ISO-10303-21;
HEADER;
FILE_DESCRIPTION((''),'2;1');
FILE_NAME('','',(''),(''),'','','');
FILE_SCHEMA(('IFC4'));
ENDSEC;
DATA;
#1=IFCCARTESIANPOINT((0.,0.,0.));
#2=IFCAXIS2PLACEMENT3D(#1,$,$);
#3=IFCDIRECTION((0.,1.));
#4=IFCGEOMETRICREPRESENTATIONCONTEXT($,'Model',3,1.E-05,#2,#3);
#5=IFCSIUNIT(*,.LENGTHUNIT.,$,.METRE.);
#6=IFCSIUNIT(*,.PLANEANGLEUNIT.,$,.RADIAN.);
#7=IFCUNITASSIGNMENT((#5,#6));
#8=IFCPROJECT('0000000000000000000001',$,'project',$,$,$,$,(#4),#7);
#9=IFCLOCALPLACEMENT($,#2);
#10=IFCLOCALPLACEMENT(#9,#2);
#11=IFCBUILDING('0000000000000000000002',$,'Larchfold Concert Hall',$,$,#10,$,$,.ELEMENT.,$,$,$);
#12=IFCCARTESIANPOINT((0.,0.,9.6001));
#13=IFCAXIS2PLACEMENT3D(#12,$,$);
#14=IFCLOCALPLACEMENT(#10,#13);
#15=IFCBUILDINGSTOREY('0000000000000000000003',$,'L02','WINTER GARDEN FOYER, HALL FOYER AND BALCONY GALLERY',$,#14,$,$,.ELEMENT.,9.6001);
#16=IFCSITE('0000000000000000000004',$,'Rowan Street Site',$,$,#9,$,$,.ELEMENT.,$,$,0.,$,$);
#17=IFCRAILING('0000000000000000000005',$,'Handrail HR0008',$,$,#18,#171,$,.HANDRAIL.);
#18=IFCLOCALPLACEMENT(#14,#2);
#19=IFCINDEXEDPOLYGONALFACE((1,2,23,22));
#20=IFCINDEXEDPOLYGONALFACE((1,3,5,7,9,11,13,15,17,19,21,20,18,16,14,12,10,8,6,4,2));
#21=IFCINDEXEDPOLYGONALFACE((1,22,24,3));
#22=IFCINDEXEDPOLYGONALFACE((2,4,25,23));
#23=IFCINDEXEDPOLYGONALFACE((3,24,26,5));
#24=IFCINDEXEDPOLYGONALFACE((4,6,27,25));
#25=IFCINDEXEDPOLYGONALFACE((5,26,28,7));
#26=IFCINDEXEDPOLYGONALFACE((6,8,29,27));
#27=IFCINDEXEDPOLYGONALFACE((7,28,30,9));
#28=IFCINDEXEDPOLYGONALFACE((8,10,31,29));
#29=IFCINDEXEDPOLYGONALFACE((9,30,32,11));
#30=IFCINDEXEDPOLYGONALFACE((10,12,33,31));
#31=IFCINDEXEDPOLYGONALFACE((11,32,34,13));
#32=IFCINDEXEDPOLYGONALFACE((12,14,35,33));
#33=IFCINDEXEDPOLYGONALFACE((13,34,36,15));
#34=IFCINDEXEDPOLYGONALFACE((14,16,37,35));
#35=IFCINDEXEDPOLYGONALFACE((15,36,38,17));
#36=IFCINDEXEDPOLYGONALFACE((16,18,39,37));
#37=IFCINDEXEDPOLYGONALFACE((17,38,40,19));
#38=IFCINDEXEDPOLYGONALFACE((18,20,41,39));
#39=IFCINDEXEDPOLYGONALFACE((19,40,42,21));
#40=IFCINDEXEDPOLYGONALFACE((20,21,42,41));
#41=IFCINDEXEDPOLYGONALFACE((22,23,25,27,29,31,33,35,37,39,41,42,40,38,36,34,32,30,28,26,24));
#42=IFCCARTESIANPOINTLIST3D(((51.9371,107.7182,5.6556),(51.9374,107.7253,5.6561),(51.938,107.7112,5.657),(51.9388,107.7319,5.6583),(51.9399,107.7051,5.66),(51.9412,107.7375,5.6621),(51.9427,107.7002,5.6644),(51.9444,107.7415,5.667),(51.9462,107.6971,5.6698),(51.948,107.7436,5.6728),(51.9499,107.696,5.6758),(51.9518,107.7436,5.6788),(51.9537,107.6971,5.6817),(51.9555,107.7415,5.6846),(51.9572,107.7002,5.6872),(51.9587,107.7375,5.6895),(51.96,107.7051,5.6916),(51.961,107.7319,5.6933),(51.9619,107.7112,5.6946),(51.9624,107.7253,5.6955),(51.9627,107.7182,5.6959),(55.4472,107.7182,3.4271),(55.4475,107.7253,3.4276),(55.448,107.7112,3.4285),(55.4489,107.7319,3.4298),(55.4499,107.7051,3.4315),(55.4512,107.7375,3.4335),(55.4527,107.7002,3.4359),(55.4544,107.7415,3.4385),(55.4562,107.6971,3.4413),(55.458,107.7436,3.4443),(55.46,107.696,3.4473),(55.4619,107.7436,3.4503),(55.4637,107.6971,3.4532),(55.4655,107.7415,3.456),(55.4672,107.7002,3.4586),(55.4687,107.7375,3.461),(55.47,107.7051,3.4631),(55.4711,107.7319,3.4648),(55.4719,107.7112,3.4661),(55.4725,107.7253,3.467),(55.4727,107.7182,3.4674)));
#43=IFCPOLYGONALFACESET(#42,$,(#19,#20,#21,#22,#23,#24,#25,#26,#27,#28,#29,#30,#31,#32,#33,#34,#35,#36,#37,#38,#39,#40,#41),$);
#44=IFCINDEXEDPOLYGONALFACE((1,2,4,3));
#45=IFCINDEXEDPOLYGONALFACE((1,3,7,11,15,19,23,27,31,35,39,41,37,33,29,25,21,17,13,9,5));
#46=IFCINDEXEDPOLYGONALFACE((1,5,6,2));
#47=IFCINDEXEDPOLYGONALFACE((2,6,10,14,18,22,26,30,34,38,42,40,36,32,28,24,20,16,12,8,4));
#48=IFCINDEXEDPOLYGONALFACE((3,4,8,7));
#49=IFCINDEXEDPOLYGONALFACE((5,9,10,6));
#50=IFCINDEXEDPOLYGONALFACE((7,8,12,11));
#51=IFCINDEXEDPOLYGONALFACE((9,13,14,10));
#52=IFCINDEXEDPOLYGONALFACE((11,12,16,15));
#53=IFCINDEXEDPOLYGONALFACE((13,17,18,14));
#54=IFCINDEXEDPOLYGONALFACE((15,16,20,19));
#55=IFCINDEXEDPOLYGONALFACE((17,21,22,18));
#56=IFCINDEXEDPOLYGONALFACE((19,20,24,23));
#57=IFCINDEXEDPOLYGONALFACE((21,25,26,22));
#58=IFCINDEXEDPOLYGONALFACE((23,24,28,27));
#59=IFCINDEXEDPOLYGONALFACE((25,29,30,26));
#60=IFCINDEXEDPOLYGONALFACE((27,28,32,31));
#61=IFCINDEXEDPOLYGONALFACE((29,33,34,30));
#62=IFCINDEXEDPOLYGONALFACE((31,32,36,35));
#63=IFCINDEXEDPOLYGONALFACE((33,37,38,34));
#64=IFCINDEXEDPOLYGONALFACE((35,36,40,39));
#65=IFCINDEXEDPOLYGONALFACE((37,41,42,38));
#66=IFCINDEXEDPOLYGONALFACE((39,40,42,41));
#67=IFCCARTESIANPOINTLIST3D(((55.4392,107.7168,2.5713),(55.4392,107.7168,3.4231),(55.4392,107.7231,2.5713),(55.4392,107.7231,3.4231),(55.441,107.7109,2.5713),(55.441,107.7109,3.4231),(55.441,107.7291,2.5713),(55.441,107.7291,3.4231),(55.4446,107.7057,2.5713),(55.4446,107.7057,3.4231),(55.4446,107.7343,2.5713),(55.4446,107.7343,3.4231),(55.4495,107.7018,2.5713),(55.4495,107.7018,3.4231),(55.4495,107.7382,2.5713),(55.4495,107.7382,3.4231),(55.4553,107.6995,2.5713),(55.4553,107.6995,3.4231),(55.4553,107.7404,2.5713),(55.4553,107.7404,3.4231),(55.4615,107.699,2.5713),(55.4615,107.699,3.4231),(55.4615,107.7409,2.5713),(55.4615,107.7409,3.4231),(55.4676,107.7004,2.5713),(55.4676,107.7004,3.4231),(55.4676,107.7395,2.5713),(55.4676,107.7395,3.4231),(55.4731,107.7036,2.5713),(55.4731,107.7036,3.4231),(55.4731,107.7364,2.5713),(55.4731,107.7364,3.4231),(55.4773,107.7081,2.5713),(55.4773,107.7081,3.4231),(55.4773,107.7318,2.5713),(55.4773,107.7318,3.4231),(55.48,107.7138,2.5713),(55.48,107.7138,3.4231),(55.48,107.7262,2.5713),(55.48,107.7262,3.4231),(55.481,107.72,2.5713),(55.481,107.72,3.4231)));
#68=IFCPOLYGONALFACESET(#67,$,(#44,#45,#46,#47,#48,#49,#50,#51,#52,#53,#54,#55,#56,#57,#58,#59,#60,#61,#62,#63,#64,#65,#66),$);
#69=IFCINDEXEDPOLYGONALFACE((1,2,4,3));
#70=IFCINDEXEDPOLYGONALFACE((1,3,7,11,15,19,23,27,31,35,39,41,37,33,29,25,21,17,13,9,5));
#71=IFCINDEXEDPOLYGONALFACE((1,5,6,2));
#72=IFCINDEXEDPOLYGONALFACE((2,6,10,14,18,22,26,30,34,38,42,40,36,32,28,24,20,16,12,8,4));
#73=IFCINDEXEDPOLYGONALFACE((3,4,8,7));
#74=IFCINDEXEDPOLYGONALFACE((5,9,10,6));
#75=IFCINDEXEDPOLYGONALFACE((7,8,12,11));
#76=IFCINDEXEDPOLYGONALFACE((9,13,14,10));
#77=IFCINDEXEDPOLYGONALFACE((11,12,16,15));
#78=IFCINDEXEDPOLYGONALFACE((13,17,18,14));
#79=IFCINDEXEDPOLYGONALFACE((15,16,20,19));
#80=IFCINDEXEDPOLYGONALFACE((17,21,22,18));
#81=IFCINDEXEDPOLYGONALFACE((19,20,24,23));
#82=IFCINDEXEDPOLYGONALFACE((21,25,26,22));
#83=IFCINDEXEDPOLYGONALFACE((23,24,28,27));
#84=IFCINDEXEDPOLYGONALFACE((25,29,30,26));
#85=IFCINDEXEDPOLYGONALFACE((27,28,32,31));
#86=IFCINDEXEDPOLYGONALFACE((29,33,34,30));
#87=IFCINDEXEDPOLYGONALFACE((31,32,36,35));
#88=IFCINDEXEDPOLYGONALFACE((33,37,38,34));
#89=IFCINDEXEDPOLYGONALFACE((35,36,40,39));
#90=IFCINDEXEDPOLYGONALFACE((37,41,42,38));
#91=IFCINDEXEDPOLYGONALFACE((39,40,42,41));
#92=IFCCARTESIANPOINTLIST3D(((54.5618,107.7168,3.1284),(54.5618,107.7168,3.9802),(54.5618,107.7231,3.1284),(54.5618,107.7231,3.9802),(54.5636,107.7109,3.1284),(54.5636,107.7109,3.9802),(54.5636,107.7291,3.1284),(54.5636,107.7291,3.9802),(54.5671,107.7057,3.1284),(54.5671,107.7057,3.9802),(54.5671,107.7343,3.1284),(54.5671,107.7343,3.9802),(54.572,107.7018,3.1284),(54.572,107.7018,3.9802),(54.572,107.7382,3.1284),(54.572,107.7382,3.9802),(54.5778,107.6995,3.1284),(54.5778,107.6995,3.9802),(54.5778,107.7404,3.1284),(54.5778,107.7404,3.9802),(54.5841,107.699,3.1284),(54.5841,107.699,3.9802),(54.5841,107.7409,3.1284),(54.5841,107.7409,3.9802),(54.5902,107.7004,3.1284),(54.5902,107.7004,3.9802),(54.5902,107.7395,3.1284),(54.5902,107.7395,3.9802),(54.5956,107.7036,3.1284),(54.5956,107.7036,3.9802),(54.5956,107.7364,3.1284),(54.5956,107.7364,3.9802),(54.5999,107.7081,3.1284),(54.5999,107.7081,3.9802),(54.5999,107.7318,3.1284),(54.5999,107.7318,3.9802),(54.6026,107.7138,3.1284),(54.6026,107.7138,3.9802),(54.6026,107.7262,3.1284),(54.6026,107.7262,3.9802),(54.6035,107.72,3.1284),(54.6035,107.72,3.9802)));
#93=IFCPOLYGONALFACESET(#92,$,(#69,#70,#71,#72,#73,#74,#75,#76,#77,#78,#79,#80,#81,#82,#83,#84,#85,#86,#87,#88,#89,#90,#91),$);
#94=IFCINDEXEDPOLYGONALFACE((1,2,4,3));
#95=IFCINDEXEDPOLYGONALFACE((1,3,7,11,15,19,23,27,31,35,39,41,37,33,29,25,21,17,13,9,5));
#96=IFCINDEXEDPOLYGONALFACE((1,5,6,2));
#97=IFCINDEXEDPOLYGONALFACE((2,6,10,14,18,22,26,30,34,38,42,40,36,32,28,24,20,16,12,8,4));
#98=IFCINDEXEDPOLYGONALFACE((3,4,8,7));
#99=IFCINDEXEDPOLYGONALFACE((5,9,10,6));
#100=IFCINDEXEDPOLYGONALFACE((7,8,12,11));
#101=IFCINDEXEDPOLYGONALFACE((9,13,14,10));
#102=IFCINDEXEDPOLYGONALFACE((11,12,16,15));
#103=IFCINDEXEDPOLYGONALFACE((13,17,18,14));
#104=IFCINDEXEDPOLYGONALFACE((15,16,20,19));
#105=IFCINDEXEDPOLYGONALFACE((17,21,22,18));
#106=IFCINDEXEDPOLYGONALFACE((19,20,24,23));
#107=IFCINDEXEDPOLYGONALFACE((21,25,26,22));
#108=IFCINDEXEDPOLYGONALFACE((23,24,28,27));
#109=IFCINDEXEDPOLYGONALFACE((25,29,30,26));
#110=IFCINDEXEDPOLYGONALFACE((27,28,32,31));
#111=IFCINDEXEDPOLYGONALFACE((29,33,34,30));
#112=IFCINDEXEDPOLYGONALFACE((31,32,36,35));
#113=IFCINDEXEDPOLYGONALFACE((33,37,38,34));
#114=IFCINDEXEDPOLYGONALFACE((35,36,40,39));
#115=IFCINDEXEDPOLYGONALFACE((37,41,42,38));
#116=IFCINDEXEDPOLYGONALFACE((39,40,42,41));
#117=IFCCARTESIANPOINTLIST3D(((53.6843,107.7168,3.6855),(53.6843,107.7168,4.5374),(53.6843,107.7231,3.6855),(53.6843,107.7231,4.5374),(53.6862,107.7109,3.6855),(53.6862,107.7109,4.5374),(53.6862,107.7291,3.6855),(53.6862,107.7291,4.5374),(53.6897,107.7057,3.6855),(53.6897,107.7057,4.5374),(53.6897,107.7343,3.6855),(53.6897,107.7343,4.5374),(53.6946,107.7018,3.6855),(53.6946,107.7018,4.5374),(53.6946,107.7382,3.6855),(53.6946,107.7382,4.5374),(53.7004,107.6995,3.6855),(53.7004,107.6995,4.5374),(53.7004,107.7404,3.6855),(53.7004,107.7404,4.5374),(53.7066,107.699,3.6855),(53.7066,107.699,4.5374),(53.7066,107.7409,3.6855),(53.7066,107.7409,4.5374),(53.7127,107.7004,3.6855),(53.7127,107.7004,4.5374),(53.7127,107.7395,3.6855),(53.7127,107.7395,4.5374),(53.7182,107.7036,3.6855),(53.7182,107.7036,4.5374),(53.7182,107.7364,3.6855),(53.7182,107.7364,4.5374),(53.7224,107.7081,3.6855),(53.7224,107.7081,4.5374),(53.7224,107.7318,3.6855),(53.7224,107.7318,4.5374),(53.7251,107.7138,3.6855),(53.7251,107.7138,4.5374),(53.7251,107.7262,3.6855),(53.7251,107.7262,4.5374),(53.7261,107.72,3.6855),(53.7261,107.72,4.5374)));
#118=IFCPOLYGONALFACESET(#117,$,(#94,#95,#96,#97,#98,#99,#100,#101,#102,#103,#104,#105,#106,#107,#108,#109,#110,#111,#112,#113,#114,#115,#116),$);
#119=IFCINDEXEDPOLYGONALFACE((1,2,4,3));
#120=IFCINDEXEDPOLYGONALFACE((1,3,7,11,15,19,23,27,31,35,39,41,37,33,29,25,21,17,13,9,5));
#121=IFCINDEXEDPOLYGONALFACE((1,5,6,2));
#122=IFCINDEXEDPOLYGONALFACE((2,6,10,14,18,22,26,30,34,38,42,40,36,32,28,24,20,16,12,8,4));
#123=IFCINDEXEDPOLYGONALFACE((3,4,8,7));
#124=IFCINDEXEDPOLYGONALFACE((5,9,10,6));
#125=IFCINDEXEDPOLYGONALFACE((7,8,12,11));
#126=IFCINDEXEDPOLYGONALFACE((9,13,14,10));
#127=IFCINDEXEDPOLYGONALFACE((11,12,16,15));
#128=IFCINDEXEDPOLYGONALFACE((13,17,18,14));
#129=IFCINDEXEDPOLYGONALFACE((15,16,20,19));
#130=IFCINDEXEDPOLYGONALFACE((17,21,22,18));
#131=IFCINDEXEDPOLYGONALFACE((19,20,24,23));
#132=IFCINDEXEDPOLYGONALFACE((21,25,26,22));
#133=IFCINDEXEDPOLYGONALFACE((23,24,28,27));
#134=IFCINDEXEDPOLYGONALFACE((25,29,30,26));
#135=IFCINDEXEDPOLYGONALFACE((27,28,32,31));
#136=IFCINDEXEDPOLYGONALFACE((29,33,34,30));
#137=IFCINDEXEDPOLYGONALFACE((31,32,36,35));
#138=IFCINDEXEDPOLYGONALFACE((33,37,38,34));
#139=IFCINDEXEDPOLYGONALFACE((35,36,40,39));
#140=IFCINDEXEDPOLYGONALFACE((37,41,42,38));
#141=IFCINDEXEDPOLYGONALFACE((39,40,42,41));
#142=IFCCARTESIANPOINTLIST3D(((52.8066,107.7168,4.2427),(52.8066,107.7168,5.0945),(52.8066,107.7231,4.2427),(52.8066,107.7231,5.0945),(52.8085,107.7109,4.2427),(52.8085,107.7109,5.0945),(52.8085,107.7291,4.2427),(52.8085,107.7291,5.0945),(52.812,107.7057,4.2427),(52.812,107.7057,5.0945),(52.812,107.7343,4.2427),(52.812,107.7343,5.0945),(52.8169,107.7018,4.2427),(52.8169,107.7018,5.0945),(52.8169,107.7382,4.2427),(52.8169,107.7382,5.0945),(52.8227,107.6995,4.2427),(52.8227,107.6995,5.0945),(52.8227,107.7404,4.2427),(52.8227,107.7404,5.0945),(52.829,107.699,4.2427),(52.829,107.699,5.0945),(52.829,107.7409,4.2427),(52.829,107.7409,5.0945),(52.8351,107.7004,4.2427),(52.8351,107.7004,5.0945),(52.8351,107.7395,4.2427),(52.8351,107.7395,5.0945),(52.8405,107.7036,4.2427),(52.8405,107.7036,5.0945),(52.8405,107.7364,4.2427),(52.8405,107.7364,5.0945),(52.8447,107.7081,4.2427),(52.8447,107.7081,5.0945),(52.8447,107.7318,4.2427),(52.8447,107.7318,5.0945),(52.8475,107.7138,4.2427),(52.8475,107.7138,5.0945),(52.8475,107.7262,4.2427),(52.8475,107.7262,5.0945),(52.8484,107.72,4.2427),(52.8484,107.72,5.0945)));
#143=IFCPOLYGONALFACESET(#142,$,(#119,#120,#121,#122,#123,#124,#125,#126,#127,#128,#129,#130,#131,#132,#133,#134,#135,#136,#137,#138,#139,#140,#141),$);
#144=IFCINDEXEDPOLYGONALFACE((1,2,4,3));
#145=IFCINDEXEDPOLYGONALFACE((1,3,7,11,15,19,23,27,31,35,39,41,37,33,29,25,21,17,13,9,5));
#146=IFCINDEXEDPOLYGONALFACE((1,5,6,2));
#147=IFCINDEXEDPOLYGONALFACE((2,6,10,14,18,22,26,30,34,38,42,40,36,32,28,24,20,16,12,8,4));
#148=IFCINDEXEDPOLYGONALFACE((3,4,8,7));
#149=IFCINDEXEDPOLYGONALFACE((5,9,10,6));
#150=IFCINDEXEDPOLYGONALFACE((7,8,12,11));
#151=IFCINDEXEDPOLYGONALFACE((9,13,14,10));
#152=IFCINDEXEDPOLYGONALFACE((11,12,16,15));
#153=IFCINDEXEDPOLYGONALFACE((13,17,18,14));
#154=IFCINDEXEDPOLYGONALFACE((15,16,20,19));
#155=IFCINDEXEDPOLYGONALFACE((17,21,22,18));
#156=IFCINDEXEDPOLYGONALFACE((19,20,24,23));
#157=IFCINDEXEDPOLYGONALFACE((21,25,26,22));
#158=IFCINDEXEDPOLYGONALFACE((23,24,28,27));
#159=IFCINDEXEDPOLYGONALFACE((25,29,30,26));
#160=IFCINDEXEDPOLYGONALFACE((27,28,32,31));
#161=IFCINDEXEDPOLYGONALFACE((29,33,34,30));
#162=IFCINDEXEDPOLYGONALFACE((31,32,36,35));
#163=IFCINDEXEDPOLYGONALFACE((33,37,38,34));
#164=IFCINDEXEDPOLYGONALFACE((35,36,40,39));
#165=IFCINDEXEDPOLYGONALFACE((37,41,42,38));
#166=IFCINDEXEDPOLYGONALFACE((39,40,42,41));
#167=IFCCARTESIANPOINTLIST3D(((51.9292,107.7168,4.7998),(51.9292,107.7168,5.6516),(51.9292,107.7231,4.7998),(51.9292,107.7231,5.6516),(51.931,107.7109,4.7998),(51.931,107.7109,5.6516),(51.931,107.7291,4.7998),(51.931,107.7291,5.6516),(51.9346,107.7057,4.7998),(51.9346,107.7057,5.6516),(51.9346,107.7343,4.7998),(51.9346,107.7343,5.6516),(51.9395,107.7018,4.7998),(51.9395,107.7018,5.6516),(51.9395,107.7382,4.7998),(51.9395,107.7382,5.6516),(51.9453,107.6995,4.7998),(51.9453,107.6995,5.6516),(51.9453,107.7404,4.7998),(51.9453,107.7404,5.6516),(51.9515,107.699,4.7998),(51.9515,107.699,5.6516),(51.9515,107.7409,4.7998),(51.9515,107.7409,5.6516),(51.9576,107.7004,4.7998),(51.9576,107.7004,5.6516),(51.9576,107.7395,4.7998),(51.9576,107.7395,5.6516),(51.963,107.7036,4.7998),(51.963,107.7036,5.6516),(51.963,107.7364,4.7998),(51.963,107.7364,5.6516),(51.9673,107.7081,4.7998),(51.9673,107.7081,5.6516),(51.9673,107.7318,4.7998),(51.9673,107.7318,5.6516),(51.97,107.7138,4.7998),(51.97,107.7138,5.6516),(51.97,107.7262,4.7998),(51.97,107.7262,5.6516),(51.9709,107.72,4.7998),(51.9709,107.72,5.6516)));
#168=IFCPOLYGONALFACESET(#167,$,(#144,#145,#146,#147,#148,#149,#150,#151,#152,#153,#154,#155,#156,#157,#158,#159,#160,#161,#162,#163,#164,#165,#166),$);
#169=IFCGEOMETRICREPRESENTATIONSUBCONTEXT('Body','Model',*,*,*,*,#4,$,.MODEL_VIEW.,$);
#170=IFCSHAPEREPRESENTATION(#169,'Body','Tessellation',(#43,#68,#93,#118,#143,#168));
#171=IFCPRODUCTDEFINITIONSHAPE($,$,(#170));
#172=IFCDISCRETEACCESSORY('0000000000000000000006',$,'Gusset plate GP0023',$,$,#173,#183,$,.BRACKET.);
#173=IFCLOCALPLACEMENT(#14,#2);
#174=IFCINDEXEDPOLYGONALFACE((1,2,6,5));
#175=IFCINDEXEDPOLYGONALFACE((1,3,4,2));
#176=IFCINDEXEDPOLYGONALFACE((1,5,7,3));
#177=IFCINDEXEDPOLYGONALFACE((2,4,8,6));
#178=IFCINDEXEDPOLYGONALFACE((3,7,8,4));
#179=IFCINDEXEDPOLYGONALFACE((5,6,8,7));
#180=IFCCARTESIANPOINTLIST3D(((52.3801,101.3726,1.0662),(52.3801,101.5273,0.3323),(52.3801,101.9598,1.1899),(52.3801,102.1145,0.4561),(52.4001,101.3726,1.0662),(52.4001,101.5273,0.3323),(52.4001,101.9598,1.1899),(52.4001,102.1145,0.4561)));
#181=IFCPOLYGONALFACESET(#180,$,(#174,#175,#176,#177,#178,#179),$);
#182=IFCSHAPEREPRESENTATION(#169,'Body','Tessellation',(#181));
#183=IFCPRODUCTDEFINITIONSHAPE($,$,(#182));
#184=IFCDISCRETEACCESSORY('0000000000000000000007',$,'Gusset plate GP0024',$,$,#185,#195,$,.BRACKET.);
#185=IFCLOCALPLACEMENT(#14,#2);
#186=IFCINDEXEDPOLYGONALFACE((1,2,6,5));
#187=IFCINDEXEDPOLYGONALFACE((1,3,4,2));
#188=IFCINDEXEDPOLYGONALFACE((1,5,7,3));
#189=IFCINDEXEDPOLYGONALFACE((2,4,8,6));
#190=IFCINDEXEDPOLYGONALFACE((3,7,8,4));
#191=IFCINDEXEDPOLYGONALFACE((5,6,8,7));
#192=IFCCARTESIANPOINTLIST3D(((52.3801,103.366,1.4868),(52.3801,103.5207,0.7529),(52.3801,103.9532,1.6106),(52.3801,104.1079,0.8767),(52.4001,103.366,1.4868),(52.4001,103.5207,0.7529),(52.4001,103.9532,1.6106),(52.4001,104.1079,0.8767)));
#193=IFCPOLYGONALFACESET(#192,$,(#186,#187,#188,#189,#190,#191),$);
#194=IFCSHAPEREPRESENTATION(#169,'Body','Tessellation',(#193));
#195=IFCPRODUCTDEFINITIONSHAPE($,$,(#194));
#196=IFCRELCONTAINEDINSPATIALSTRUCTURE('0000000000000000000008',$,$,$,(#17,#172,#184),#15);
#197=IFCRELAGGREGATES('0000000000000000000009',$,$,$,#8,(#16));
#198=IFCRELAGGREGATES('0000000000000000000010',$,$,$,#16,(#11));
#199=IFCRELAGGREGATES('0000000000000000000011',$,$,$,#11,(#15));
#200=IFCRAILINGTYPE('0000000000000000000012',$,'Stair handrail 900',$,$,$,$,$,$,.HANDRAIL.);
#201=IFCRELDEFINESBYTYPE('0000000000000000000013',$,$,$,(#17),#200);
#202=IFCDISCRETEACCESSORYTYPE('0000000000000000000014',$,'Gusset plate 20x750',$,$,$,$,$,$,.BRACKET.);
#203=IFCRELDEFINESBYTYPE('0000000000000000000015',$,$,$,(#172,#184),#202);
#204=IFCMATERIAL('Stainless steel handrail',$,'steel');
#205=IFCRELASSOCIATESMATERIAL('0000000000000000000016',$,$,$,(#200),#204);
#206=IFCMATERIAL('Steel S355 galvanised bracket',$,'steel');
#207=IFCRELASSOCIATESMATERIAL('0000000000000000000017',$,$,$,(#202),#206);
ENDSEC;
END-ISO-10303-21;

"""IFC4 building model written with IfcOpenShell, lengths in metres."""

from ifc_helpers import new_model, si_unit, direction, frame, origin, origin_2d, place, context, subcontext, project, spatial, rectangle, circle, extrude, material, material_profile, profile_set, type_object, element, save


model = new_model("IFC4")

# Units and contexts
model_context = context("Model", 3, precision=1e-05, world=origin(), true_north=direction((0.0, 1.0)))
body_context = subcontext(model_context, "Body", "Model", "MODEL_VIEW")
ifc_project = project(units=[si_unit("LENGTHUNIT", "METRE"), si_unit("PLANEANGLEUNIT", "RADIAN")], contexts=[model_context])

# Site, building, storey
site_placement = place(None, origin())
site = spatial("IfcSite", under=ifc_project, at=site_placement, Name="Rowan Street Site", CompositionType="ELEMENT", RefElevation=0.0)
building_placement = place(site_placement, origin())
building = spatial("IfcBuilding", under=site, at=building_placement, Name="Larchfold Concert Hall", CompositionType="ELEMENT")
storey_placement = place(building_placement, frame((0.0, 0.0, 9.6001)))
storey = spatial("IfcBuildingStorey", under=building, at=storey_placement, Name="L02", Description="WINTER GARDEN FOYER, HALL FOYER AND BALCONY GALLERY", CompositionType="ELEMENT", Elevation=9.6001)

# Railing
ifc_material_1 = material(Name="Stainless steel handrail", Category="steel")
railing_type_1 = type_object("IfcRailingType", Name="Stair handrail 900", PredefinedType="HANDRAIL", material=ifc_material_1)
railing_1_placement = place(storey_placement, frame((55.46, 107.72, 2.5713)))
element("IfcRailing", 1, at=railing_1_placement, inside=storey, type_object=railing_type_1, Name="Handrail HR0008", PredefinedType="HANDRAIL", context=body_context, shape_type="SweptSolid", body=[
    extrude(circle(Radius=0.0239, at=origin_2d()), frame((0.0, 0.0, 0.876), z_axis=(-0.84422, 0.0, 0.535998), x_axis=(0.0, -1.0, 0.0)), (0.0, 0.0, 1.0), 4.1577),
    extrude(circle(Radius=0.021, at=origin_2d()), origin(), (0.0, 0.0, 1.0), 0.8518),
    extrude(circle(Radius=0.021, at=origin_2d()), frame((-0.8774, 0.0, 0.5571)), (0.0, 0.0, 1.0), 0.8518),
    extrude(circle(Radius=0.021, at=origin_2d()), frame((-1.7549, 0.0, 1.1143)), (0.0, 0.0, 1.0), 0.8518),
    extrude(circle(Radius=0.021, at=origin_2d()), frame((-2.6326, 0.0, 1.6714)), (0.0, 0.0, 1.0), 0.8518),
    extrude(circle(Radius=0.021, at=origin_2d()), frame((-3.51, 0.0, 2.2285)), (0.0, 0.0, 1.0), 0.8518),
])

# Discrete accessories
ifc_material_2 = material(Name="Steel S355 galvanised bracket", Category="steel")
ifc_material_profile_1 = material_profile(ifc_material_2, rectangle(XDim=0.02, YDim=0.75, at=origin_2d()))
ifc_profile_set_1 = profile_set([ifc_material_profile_1], Name="Steel S355 galvanised bracket")
discrete_accessory_type = type_object("IfcDiscreteAccessoryType", Name="Gusset plate 20x750", PredefinedType="BRACKET", material=ifc_profile_set_1)
for number, where, z_axis, x_axis, name in (
    (2, (52.3901, 101.45, 0.6992), (0.0, 0.978494, 0.206277), (-1.0, 0.0, 0.0), "Gusset plate GP0023"),
    (3, (52.3901, 103.4434, 1.1199), (0.0, 0.978494, 0.206277), (-1.0, 0.0, 0.0), "Gusset plate GP0024"),
):
    element("IfcDiscreteAccessory", number, at=place(storey_placement, frame(where, z_axis=z_axis, x_axis=x_axis)), inside=storey, type_object=discrete_accessory_type, Name=name, PredefinedType="BRACKET", context=body_context, shape_type="SweptSolid", body=[
        extrude(rectangle(XDim=0.02, YDim=0.75, at=origin_2d()), origin(), (0.0, 0.0, 1.0), 0.6001),
    ])

save(model, "model.ifc")
